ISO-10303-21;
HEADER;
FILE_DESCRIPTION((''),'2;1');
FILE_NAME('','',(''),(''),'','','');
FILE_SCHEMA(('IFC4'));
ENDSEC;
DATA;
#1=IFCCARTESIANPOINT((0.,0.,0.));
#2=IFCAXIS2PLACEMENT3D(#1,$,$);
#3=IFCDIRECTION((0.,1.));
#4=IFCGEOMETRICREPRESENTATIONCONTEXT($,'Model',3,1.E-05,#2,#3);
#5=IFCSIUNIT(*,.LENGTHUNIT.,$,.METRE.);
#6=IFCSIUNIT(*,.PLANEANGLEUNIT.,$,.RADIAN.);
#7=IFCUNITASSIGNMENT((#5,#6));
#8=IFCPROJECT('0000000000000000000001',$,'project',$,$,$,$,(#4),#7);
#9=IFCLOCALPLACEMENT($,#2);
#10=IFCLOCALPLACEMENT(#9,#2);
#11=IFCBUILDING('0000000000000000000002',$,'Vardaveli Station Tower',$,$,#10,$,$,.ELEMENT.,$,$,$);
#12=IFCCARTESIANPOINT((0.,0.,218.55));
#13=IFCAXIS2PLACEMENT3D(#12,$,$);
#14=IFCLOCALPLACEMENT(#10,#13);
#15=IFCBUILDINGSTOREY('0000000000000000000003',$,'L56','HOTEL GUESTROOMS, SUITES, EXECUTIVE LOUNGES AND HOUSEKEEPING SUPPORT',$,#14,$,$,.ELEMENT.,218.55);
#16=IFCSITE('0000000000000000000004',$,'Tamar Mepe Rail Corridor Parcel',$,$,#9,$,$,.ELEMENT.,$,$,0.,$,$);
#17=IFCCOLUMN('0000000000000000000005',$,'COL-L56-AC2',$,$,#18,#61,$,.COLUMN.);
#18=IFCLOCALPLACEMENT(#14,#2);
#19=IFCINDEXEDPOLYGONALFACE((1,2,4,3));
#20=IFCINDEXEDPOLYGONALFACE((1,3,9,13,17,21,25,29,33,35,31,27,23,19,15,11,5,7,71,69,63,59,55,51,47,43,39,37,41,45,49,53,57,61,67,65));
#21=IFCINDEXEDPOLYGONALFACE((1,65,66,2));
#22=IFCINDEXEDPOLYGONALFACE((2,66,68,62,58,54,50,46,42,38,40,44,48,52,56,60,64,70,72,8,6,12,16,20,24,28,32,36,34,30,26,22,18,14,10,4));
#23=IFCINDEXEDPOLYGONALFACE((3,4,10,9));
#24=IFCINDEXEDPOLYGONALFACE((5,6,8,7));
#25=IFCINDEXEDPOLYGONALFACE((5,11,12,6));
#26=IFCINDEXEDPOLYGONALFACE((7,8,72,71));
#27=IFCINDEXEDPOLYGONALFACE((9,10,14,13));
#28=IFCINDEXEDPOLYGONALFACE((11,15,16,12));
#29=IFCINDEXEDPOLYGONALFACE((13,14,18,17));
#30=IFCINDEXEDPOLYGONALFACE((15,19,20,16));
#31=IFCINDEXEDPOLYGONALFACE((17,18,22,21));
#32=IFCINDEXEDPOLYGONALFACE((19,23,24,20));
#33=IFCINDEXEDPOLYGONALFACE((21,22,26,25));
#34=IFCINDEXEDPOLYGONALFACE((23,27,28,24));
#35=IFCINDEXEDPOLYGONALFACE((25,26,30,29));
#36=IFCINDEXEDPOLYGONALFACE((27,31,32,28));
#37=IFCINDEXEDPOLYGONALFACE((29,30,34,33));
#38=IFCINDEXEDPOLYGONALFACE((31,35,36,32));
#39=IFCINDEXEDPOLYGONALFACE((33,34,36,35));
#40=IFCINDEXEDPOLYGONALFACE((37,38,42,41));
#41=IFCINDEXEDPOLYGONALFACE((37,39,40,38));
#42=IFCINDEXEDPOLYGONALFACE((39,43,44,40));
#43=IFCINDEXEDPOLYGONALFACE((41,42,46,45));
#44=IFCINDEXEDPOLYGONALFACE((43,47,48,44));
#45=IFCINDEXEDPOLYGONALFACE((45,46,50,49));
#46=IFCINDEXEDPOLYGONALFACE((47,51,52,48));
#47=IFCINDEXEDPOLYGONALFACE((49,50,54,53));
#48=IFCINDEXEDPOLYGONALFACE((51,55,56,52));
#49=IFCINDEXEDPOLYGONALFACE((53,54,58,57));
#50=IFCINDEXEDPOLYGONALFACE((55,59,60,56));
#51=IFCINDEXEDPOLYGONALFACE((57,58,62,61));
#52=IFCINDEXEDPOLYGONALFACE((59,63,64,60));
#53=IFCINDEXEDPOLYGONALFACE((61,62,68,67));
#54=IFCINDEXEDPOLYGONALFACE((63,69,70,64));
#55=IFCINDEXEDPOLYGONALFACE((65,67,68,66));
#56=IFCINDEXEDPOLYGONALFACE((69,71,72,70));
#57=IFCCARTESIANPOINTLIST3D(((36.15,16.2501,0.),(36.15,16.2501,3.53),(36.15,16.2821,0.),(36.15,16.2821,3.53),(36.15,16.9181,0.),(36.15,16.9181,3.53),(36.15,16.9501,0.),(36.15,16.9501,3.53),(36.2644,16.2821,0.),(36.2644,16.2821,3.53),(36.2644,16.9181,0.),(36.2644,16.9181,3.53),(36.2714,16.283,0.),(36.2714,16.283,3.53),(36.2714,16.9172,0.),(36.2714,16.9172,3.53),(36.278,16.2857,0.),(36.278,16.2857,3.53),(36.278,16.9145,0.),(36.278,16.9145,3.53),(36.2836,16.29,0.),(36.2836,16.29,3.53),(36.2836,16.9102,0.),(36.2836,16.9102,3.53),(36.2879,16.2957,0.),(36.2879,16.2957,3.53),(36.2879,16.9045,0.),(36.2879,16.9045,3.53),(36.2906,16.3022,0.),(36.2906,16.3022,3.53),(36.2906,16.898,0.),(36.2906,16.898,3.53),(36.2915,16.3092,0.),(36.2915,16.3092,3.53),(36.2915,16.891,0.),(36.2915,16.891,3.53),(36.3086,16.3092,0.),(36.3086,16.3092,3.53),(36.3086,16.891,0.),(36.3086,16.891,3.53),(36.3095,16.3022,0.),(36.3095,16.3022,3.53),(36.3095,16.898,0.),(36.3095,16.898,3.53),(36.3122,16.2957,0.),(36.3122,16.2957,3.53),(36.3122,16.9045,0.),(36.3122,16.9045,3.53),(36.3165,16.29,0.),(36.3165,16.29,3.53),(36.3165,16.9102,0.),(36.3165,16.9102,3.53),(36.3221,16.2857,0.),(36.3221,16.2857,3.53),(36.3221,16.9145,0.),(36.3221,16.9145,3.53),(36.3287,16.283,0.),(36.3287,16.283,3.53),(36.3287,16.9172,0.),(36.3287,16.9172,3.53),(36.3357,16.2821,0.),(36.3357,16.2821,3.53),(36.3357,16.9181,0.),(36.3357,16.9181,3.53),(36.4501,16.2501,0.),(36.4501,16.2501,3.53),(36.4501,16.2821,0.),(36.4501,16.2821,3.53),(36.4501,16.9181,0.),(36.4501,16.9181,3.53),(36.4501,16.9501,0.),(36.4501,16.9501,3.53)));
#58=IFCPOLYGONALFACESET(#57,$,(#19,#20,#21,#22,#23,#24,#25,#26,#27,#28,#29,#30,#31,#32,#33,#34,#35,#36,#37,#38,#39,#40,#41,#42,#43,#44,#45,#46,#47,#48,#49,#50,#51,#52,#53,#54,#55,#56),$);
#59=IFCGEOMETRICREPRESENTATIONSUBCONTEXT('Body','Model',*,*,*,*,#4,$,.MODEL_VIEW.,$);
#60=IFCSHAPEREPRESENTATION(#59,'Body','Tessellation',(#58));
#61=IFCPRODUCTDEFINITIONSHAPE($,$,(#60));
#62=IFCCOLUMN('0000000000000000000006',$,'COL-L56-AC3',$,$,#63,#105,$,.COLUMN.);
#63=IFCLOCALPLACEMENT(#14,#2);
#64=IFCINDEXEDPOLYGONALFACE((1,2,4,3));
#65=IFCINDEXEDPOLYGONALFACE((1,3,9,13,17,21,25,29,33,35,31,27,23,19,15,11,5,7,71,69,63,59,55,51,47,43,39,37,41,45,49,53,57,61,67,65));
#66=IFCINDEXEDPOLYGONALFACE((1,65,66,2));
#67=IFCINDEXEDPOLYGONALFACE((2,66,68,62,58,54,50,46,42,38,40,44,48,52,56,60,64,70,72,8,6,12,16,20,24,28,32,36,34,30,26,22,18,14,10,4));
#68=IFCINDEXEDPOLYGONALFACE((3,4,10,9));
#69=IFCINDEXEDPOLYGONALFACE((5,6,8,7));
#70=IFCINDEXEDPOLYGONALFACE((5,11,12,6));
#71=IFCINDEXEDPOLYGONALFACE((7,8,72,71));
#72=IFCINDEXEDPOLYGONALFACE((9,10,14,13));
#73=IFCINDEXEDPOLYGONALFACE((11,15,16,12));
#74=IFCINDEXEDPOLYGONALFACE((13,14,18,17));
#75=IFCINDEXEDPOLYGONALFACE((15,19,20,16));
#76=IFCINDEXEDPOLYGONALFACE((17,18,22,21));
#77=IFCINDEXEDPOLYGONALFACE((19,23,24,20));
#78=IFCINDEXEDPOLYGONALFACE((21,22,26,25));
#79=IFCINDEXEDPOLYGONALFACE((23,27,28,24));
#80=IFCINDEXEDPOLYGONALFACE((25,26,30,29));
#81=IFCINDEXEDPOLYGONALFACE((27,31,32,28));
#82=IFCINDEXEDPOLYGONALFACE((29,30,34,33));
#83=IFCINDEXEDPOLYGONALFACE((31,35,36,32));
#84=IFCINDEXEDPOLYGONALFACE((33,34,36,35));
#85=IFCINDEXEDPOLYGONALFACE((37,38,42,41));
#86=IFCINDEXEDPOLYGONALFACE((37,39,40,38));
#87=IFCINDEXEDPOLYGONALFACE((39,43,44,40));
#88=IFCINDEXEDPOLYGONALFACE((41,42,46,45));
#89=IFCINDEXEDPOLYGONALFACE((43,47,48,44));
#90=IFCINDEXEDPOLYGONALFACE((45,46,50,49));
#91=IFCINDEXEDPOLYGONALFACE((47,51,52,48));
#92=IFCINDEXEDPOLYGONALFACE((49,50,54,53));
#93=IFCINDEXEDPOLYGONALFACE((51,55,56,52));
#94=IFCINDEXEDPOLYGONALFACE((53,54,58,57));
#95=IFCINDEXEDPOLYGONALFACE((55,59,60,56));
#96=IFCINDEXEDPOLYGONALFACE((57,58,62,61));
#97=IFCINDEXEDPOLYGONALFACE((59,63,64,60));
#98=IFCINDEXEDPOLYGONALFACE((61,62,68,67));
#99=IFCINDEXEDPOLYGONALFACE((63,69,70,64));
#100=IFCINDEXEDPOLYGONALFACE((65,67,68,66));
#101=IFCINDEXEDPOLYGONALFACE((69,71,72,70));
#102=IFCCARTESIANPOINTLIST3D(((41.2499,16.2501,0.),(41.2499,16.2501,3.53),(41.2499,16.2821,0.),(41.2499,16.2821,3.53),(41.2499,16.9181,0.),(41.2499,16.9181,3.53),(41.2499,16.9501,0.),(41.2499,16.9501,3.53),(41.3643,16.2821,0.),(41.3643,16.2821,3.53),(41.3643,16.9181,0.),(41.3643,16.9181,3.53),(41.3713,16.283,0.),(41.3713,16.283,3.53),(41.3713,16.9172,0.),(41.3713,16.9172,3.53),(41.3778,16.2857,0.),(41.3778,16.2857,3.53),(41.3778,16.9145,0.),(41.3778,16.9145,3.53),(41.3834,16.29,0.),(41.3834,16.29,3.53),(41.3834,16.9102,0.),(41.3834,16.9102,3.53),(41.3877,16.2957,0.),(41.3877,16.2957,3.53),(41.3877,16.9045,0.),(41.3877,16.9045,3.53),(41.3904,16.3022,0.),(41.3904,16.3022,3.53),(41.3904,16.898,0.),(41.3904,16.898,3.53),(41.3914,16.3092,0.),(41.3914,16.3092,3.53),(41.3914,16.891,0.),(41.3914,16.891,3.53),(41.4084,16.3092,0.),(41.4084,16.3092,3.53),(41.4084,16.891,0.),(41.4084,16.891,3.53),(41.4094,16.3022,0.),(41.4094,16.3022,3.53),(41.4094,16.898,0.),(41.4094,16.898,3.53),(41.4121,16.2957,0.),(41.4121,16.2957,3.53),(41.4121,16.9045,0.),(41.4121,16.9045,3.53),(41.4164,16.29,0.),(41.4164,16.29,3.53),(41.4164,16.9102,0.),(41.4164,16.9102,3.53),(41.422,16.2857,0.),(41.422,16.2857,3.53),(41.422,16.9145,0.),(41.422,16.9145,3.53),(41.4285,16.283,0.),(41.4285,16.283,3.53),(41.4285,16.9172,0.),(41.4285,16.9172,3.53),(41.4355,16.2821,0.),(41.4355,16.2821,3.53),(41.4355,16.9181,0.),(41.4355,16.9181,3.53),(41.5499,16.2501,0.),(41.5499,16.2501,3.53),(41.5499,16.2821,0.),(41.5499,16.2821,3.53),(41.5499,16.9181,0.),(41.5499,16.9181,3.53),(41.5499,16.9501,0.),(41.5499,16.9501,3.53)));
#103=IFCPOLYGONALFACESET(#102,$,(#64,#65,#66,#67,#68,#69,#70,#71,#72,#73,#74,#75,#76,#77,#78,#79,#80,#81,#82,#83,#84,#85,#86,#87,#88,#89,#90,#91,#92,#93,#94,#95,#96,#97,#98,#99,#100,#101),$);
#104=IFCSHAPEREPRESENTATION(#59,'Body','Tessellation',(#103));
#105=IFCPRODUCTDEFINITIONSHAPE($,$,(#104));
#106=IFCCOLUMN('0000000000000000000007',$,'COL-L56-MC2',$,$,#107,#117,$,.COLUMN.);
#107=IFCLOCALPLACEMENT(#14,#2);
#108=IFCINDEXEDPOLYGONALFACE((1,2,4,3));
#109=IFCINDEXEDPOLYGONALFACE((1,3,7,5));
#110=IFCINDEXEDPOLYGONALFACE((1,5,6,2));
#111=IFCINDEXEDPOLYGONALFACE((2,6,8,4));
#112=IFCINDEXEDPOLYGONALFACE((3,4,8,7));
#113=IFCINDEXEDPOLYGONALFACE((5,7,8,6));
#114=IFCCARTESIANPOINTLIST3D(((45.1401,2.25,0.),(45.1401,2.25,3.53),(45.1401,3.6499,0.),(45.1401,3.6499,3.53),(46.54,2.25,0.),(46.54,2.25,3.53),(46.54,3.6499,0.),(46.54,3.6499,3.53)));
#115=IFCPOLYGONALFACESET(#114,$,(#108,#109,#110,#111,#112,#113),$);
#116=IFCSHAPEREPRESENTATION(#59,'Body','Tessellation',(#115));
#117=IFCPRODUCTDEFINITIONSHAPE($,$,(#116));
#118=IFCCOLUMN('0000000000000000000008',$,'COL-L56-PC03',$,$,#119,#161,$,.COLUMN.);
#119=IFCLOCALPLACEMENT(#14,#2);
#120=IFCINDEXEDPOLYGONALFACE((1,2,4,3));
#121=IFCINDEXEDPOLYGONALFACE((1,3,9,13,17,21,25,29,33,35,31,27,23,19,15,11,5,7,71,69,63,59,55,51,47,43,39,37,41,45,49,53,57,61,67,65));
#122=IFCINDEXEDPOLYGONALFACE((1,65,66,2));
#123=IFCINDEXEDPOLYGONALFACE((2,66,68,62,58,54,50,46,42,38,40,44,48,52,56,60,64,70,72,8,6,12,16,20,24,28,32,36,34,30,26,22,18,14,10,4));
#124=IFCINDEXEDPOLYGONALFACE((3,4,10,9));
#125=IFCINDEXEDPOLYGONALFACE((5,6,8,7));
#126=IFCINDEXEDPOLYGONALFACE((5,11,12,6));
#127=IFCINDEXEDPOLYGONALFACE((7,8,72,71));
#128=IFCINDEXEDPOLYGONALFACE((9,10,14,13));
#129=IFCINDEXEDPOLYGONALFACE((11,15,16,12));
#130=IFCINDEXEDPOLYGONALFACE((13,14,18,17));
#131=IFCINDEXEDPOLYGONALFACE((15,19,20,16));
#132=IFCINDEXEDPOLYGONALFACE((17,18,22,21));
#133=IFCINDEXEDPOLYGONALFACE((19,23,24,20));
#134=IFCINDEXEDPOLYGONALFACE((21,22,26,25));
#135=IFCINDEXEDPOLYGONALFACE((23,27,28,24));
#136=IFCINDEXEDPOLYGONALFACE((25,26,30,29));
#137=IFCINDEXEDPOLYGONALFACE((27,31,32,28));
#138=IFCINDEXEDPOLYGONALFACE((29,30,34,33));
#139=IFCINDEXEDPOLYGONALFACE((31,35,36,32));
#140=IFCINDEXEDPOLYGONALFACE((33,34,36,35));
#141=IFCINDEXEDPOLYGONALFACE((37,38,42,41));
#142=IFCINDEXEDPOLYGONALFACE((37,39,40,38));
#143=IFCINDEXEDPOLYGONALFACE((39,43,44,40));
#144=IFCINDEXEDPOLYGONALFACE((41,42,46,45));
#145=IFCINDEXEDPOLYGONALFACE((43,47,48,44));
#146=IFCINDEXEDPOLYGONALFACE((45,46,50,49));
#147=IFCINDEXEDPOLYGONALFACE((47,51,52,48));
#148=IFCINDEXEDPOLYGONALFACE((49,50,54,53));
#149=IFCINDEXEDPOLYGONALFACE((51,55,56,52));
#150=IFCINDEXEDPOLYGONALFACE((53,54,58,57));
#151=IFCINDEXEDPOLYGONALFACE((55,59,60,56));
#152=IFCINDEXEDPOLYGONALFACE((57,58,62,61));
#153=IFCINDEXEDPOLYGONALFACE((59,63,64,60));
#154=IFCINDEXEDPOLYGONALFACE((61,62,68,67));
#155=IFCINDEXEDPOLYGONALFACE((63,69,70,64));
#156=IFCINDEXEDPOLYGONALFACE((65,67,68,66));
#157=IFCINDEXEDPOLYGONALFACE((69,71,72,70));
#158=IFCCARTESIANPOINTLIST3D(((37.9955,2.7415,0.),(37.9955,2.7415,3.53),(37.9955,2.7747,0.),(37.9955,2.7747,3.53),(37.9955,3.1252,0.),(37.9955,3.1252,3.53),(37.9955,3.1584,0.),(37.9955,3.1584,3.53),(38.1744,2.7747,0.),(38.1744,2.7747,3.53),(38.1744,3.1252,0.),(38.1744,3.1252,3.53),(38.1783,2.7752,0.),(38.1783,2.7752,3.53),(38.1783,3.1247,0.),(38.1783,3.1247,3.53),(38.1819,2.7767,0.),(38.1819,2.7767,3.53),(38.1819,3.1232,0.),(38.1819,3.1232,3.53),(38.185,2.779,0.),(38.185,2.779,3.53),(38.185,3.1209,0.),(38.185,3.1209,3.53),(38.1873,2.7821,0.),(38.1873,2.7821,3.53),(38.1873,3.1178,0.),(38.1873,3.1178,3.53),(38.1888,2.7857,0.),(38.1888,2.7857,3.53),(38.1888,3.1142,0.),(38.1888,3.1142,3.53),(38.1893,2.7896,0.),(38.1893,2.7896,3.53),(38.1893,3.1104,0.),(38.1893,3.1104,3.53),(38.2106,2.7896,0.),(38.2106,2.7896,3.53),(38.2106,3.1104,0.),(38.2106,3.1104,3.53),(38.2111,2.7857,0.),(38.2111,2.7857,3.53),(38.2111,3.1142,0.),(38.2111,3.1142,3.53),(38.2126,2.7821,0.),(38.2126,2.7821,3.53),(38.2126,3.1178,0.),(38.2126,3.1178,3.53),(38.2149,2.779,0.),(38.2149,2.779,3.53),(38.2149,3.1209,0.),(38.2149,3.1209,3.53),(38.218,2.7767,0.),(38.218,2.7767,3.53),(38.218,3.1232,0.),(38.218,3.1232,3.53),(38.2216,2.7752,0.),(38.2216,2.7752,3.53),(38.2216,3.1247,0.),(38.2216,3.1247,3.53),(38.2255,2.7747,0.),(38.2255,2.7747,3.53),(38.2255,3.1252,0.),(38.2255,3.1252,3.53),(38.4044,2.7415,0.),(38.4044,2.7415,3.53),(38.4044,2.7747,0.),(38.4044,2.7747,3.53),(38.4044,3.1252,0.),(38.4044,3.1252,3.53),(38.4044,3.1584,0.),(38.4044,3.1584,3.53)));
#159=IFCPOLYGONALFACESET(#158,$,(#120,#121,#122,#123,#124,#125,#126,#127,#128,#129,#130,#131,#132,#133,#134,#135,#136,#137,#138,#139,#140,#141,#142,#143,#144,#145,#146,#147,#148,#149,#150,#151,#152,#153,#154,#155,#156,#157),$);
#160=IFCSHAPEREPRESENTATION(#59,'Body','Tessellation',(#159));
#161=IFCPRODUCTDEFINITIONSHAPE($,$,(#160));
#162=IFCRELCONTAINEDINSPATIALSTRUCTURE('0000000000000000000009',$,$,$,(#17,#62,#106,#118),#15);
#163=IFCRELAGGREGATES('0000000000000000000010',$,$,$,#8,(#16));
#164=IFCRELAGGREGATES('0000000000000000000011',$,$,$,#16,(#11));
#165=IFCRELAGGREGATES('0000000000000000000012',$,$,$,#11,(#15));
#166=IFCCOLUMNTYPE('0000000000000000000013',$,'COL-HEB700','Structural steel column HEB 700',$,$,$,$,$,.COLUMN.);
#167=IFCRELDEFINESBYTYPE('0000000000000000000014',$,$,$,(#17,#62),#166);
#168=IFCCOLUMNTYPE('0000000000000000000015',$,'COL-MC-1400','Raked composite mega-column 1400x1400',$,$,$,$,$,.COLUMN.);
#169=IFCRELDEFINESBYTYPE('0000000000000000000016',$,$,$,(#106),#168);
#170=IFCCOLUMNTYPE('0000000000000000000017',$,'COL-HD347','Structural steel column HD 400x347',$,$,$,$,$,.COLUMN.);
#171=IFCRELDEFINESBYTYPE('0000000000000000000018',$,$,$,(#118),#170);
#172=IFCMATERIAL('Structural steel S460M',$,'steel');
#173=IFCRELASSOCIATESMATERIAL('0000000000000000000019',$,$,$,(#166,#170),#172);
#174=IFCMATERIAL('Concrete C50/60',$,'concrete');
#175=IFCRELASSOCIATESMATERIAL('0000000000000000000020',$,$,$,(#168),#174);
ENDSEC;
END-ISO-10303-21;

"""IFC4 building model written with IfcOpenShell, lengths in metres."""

from ifc_helpers import new_model, si_unit, direction, frame, origin, origin_2d, place, context, subcontext, project, spatial, rectangle, i_section, extrude, source, transform, mapped, material, material_profile, profile_set, type_object, element, save


model = new_model("IFC4")

# Units and contexts
model_context = context("Model", 3, precision=1e-05, world=origin(), true_north=direction((0.0, 1.0)))
body_context = subcontext(model_context, "Body", "Model", "MODEL_VIEW")
ifc_project = project(units=[si_unit("LENGTHUNIT", "METRE"), si_unit("PLANEANGLEUNIT", "RADIAN")], contexts=[model_context])

# Site, building, storey
site_placement = place(None, origin())
site = spatial("IfcSite", under=ifc_project, at=site_placement, Name="Tamar Mepe Rail Corridor Parcel", CompositionType="ELEMENT", RefElevation=0.0)
building_placement = place(site_placement, origin())
building = spatial("IfcBuilding", under=site, at=building_placement, Name="Vardaveli Station Tower", CompositionType="ELEMENT")
storey_placement = place(building_placement, frame((0.0, 0.0, 218.55)))
storey = spatial("IfcBuildingStorey", under=building, at=storey_placement, Name="L56", Description="HOTEL GUESTROOMS, SUITES, EXECUTIVE LOUNGES AND HOUSEKEEPING SUPPORT", CompositionType="ELEMENT", Elevation=218.55)

# Columns
ifc_material_1 = material(Name="Structural steel S460M", Category="steel")
ifc_material_profile_1 = material_profile(ifc_material_1, i_section(OverallWidth=0.3, OverallDepth=0.7, WebThickness=0.0171, FlangeThickness=0.032, FilletRadius=0.0271, at=origin_2d()), Name="HEB 700")
ifc_profile_set_1 = profile_set([ifc_material_profile_1], Name="Structural steel S460M")
column_type_1 = type_object("IfcColumnType", Name="COL-HEB700", Description="Structural steel column HEB 700", PredefinedType="COLUMN", material=ifc_profile_set_1)
shared_shape_1 = source(origin(), body_context, "Body", "SweptSolid", [
    extrude(i_section(OverallWidth=0.3, OverallDepth=0.7, WebThickness=0.0171, FlangeThickness=0.032, FilletRadius=0.0271, at=origin_2d()), origin(), (0.0, 0.0, 1.0), 3.53),
])
for number, where, z_axis, x_axis, name in (
    (1, (36.3, 16.6001, 0.0), (0.0, 0.0, 1.0), (1.0, 0.0, 0.0), "COL-L56-AC2"),
    (2, (41.3999, 16.6001, 0.0), (0.0, 0.0, 1.0), (1.0, 0.0, 0.0), "COL-L56-AC3"),
):
    element("IfcColumn", number, at=place(storey_placement, frame(where, z_axis=z_axis, x_axis=x_axis)), inside=storey, type_object=column_type_1, Name=name, PredefinedType="COLUMN", context=body_context, shape_type="MappedRepresentation", body=[
        mapped(shared_shape_1, transform((0.0, 0.0, 0.0), scale=1.0)),
    ])
ifc_material_2 = material(Name="Concrete C50/60", Category="concrete")
ifc_material_profile_2 = material_profile(ifc_material_2, rectangle(XDim=1.3999, YDim=1.3999, at=origin_2d()), Name="MC 1400x1400")
ifc_profile_set_2 = profile_set([ifc_material_profile_2], Name="Concrete C50/60")
column_type_2 = type_object("IfcColumnType", Name="COL-MC-1400", Description="Raked composite mega-column 1400x1400", PredefinedType="COLUMN", material=ifc_profile_set_2)
shared_shape_2 = source(origin(), body_context, "Body", "SweptSolid", [
    extrude(rectangle(XDim=1.3999, YDim=1.3999, at=origin_2d()), origin(), (0.0, 0.0, 1.0), 3.53),
])
column_1_placement = place(storey_placement, frame((45.8401, 2.95, 0.0), z_axis=(0.0, 0.0, 1.0), x_axis=(1.0, 0.0, 0.0)))
element("IfcColumn", 3, at=column_1_placement, inside=storey, type_object=column_type_2, Name="COL-L56-MC2", PredefinedType="COLUMN", context=body_context, shape_type="MappedRepresentation", body=[
    mapped(shared_shape_2, transform((0.0, 0.0, 0.0), scale=1.0)),
])
ifc_material_profile_3 = material_profile(ifc_material_1, i_section(OverallWidth=0.4089, OverallDepth=0.417, WebThickness=0.0212, FlangeThickness=0.0332, FilletRadius=0.0149, at=origin_2d()), Name="HD 400x347")
ifc_profile_set_3 = profile_set([ifc_material_profile_3], Name="Structural steel S460M")
column_type_3 = type_object("IfcColumnType", Name="COL-HD347", Description="Structural steel column HD 400x347", PredefinedType="COLUMN", material=ifc_profile_set_3)
shared_shape_3 = source(origin(), body_context, "Body", "SweptSolid", [
    extrude(i_section(OverallWidth=0.4089, OverallDepth=0.417, WebThickness=0.0212, FlangeThickness=0.0332, FilletRadius=0.0149, at=origin_2d()), origin(), (0.0, 0.0, 1.0), 3.53),
])
column_2_placement = place(storey_placement, frame((38.2, 2.95, 0.0), z_axis=(0.0, 0.0, 1.0), x_axis=(1.0, 0.0, 0.0)))
element("IfcColumn", 4, at=column_2_placement, inside=storey, type_object=column_type_3, Name="COL-L56-PC03", PredefinedType="COLUMN", context=body_context, shape_type="MappedRepresentation", body=[
    mapped(shared_shape_3, transform((0.0, 0.0, 0.0), scale=1.0)),
])

save(model, "model.ifc")
